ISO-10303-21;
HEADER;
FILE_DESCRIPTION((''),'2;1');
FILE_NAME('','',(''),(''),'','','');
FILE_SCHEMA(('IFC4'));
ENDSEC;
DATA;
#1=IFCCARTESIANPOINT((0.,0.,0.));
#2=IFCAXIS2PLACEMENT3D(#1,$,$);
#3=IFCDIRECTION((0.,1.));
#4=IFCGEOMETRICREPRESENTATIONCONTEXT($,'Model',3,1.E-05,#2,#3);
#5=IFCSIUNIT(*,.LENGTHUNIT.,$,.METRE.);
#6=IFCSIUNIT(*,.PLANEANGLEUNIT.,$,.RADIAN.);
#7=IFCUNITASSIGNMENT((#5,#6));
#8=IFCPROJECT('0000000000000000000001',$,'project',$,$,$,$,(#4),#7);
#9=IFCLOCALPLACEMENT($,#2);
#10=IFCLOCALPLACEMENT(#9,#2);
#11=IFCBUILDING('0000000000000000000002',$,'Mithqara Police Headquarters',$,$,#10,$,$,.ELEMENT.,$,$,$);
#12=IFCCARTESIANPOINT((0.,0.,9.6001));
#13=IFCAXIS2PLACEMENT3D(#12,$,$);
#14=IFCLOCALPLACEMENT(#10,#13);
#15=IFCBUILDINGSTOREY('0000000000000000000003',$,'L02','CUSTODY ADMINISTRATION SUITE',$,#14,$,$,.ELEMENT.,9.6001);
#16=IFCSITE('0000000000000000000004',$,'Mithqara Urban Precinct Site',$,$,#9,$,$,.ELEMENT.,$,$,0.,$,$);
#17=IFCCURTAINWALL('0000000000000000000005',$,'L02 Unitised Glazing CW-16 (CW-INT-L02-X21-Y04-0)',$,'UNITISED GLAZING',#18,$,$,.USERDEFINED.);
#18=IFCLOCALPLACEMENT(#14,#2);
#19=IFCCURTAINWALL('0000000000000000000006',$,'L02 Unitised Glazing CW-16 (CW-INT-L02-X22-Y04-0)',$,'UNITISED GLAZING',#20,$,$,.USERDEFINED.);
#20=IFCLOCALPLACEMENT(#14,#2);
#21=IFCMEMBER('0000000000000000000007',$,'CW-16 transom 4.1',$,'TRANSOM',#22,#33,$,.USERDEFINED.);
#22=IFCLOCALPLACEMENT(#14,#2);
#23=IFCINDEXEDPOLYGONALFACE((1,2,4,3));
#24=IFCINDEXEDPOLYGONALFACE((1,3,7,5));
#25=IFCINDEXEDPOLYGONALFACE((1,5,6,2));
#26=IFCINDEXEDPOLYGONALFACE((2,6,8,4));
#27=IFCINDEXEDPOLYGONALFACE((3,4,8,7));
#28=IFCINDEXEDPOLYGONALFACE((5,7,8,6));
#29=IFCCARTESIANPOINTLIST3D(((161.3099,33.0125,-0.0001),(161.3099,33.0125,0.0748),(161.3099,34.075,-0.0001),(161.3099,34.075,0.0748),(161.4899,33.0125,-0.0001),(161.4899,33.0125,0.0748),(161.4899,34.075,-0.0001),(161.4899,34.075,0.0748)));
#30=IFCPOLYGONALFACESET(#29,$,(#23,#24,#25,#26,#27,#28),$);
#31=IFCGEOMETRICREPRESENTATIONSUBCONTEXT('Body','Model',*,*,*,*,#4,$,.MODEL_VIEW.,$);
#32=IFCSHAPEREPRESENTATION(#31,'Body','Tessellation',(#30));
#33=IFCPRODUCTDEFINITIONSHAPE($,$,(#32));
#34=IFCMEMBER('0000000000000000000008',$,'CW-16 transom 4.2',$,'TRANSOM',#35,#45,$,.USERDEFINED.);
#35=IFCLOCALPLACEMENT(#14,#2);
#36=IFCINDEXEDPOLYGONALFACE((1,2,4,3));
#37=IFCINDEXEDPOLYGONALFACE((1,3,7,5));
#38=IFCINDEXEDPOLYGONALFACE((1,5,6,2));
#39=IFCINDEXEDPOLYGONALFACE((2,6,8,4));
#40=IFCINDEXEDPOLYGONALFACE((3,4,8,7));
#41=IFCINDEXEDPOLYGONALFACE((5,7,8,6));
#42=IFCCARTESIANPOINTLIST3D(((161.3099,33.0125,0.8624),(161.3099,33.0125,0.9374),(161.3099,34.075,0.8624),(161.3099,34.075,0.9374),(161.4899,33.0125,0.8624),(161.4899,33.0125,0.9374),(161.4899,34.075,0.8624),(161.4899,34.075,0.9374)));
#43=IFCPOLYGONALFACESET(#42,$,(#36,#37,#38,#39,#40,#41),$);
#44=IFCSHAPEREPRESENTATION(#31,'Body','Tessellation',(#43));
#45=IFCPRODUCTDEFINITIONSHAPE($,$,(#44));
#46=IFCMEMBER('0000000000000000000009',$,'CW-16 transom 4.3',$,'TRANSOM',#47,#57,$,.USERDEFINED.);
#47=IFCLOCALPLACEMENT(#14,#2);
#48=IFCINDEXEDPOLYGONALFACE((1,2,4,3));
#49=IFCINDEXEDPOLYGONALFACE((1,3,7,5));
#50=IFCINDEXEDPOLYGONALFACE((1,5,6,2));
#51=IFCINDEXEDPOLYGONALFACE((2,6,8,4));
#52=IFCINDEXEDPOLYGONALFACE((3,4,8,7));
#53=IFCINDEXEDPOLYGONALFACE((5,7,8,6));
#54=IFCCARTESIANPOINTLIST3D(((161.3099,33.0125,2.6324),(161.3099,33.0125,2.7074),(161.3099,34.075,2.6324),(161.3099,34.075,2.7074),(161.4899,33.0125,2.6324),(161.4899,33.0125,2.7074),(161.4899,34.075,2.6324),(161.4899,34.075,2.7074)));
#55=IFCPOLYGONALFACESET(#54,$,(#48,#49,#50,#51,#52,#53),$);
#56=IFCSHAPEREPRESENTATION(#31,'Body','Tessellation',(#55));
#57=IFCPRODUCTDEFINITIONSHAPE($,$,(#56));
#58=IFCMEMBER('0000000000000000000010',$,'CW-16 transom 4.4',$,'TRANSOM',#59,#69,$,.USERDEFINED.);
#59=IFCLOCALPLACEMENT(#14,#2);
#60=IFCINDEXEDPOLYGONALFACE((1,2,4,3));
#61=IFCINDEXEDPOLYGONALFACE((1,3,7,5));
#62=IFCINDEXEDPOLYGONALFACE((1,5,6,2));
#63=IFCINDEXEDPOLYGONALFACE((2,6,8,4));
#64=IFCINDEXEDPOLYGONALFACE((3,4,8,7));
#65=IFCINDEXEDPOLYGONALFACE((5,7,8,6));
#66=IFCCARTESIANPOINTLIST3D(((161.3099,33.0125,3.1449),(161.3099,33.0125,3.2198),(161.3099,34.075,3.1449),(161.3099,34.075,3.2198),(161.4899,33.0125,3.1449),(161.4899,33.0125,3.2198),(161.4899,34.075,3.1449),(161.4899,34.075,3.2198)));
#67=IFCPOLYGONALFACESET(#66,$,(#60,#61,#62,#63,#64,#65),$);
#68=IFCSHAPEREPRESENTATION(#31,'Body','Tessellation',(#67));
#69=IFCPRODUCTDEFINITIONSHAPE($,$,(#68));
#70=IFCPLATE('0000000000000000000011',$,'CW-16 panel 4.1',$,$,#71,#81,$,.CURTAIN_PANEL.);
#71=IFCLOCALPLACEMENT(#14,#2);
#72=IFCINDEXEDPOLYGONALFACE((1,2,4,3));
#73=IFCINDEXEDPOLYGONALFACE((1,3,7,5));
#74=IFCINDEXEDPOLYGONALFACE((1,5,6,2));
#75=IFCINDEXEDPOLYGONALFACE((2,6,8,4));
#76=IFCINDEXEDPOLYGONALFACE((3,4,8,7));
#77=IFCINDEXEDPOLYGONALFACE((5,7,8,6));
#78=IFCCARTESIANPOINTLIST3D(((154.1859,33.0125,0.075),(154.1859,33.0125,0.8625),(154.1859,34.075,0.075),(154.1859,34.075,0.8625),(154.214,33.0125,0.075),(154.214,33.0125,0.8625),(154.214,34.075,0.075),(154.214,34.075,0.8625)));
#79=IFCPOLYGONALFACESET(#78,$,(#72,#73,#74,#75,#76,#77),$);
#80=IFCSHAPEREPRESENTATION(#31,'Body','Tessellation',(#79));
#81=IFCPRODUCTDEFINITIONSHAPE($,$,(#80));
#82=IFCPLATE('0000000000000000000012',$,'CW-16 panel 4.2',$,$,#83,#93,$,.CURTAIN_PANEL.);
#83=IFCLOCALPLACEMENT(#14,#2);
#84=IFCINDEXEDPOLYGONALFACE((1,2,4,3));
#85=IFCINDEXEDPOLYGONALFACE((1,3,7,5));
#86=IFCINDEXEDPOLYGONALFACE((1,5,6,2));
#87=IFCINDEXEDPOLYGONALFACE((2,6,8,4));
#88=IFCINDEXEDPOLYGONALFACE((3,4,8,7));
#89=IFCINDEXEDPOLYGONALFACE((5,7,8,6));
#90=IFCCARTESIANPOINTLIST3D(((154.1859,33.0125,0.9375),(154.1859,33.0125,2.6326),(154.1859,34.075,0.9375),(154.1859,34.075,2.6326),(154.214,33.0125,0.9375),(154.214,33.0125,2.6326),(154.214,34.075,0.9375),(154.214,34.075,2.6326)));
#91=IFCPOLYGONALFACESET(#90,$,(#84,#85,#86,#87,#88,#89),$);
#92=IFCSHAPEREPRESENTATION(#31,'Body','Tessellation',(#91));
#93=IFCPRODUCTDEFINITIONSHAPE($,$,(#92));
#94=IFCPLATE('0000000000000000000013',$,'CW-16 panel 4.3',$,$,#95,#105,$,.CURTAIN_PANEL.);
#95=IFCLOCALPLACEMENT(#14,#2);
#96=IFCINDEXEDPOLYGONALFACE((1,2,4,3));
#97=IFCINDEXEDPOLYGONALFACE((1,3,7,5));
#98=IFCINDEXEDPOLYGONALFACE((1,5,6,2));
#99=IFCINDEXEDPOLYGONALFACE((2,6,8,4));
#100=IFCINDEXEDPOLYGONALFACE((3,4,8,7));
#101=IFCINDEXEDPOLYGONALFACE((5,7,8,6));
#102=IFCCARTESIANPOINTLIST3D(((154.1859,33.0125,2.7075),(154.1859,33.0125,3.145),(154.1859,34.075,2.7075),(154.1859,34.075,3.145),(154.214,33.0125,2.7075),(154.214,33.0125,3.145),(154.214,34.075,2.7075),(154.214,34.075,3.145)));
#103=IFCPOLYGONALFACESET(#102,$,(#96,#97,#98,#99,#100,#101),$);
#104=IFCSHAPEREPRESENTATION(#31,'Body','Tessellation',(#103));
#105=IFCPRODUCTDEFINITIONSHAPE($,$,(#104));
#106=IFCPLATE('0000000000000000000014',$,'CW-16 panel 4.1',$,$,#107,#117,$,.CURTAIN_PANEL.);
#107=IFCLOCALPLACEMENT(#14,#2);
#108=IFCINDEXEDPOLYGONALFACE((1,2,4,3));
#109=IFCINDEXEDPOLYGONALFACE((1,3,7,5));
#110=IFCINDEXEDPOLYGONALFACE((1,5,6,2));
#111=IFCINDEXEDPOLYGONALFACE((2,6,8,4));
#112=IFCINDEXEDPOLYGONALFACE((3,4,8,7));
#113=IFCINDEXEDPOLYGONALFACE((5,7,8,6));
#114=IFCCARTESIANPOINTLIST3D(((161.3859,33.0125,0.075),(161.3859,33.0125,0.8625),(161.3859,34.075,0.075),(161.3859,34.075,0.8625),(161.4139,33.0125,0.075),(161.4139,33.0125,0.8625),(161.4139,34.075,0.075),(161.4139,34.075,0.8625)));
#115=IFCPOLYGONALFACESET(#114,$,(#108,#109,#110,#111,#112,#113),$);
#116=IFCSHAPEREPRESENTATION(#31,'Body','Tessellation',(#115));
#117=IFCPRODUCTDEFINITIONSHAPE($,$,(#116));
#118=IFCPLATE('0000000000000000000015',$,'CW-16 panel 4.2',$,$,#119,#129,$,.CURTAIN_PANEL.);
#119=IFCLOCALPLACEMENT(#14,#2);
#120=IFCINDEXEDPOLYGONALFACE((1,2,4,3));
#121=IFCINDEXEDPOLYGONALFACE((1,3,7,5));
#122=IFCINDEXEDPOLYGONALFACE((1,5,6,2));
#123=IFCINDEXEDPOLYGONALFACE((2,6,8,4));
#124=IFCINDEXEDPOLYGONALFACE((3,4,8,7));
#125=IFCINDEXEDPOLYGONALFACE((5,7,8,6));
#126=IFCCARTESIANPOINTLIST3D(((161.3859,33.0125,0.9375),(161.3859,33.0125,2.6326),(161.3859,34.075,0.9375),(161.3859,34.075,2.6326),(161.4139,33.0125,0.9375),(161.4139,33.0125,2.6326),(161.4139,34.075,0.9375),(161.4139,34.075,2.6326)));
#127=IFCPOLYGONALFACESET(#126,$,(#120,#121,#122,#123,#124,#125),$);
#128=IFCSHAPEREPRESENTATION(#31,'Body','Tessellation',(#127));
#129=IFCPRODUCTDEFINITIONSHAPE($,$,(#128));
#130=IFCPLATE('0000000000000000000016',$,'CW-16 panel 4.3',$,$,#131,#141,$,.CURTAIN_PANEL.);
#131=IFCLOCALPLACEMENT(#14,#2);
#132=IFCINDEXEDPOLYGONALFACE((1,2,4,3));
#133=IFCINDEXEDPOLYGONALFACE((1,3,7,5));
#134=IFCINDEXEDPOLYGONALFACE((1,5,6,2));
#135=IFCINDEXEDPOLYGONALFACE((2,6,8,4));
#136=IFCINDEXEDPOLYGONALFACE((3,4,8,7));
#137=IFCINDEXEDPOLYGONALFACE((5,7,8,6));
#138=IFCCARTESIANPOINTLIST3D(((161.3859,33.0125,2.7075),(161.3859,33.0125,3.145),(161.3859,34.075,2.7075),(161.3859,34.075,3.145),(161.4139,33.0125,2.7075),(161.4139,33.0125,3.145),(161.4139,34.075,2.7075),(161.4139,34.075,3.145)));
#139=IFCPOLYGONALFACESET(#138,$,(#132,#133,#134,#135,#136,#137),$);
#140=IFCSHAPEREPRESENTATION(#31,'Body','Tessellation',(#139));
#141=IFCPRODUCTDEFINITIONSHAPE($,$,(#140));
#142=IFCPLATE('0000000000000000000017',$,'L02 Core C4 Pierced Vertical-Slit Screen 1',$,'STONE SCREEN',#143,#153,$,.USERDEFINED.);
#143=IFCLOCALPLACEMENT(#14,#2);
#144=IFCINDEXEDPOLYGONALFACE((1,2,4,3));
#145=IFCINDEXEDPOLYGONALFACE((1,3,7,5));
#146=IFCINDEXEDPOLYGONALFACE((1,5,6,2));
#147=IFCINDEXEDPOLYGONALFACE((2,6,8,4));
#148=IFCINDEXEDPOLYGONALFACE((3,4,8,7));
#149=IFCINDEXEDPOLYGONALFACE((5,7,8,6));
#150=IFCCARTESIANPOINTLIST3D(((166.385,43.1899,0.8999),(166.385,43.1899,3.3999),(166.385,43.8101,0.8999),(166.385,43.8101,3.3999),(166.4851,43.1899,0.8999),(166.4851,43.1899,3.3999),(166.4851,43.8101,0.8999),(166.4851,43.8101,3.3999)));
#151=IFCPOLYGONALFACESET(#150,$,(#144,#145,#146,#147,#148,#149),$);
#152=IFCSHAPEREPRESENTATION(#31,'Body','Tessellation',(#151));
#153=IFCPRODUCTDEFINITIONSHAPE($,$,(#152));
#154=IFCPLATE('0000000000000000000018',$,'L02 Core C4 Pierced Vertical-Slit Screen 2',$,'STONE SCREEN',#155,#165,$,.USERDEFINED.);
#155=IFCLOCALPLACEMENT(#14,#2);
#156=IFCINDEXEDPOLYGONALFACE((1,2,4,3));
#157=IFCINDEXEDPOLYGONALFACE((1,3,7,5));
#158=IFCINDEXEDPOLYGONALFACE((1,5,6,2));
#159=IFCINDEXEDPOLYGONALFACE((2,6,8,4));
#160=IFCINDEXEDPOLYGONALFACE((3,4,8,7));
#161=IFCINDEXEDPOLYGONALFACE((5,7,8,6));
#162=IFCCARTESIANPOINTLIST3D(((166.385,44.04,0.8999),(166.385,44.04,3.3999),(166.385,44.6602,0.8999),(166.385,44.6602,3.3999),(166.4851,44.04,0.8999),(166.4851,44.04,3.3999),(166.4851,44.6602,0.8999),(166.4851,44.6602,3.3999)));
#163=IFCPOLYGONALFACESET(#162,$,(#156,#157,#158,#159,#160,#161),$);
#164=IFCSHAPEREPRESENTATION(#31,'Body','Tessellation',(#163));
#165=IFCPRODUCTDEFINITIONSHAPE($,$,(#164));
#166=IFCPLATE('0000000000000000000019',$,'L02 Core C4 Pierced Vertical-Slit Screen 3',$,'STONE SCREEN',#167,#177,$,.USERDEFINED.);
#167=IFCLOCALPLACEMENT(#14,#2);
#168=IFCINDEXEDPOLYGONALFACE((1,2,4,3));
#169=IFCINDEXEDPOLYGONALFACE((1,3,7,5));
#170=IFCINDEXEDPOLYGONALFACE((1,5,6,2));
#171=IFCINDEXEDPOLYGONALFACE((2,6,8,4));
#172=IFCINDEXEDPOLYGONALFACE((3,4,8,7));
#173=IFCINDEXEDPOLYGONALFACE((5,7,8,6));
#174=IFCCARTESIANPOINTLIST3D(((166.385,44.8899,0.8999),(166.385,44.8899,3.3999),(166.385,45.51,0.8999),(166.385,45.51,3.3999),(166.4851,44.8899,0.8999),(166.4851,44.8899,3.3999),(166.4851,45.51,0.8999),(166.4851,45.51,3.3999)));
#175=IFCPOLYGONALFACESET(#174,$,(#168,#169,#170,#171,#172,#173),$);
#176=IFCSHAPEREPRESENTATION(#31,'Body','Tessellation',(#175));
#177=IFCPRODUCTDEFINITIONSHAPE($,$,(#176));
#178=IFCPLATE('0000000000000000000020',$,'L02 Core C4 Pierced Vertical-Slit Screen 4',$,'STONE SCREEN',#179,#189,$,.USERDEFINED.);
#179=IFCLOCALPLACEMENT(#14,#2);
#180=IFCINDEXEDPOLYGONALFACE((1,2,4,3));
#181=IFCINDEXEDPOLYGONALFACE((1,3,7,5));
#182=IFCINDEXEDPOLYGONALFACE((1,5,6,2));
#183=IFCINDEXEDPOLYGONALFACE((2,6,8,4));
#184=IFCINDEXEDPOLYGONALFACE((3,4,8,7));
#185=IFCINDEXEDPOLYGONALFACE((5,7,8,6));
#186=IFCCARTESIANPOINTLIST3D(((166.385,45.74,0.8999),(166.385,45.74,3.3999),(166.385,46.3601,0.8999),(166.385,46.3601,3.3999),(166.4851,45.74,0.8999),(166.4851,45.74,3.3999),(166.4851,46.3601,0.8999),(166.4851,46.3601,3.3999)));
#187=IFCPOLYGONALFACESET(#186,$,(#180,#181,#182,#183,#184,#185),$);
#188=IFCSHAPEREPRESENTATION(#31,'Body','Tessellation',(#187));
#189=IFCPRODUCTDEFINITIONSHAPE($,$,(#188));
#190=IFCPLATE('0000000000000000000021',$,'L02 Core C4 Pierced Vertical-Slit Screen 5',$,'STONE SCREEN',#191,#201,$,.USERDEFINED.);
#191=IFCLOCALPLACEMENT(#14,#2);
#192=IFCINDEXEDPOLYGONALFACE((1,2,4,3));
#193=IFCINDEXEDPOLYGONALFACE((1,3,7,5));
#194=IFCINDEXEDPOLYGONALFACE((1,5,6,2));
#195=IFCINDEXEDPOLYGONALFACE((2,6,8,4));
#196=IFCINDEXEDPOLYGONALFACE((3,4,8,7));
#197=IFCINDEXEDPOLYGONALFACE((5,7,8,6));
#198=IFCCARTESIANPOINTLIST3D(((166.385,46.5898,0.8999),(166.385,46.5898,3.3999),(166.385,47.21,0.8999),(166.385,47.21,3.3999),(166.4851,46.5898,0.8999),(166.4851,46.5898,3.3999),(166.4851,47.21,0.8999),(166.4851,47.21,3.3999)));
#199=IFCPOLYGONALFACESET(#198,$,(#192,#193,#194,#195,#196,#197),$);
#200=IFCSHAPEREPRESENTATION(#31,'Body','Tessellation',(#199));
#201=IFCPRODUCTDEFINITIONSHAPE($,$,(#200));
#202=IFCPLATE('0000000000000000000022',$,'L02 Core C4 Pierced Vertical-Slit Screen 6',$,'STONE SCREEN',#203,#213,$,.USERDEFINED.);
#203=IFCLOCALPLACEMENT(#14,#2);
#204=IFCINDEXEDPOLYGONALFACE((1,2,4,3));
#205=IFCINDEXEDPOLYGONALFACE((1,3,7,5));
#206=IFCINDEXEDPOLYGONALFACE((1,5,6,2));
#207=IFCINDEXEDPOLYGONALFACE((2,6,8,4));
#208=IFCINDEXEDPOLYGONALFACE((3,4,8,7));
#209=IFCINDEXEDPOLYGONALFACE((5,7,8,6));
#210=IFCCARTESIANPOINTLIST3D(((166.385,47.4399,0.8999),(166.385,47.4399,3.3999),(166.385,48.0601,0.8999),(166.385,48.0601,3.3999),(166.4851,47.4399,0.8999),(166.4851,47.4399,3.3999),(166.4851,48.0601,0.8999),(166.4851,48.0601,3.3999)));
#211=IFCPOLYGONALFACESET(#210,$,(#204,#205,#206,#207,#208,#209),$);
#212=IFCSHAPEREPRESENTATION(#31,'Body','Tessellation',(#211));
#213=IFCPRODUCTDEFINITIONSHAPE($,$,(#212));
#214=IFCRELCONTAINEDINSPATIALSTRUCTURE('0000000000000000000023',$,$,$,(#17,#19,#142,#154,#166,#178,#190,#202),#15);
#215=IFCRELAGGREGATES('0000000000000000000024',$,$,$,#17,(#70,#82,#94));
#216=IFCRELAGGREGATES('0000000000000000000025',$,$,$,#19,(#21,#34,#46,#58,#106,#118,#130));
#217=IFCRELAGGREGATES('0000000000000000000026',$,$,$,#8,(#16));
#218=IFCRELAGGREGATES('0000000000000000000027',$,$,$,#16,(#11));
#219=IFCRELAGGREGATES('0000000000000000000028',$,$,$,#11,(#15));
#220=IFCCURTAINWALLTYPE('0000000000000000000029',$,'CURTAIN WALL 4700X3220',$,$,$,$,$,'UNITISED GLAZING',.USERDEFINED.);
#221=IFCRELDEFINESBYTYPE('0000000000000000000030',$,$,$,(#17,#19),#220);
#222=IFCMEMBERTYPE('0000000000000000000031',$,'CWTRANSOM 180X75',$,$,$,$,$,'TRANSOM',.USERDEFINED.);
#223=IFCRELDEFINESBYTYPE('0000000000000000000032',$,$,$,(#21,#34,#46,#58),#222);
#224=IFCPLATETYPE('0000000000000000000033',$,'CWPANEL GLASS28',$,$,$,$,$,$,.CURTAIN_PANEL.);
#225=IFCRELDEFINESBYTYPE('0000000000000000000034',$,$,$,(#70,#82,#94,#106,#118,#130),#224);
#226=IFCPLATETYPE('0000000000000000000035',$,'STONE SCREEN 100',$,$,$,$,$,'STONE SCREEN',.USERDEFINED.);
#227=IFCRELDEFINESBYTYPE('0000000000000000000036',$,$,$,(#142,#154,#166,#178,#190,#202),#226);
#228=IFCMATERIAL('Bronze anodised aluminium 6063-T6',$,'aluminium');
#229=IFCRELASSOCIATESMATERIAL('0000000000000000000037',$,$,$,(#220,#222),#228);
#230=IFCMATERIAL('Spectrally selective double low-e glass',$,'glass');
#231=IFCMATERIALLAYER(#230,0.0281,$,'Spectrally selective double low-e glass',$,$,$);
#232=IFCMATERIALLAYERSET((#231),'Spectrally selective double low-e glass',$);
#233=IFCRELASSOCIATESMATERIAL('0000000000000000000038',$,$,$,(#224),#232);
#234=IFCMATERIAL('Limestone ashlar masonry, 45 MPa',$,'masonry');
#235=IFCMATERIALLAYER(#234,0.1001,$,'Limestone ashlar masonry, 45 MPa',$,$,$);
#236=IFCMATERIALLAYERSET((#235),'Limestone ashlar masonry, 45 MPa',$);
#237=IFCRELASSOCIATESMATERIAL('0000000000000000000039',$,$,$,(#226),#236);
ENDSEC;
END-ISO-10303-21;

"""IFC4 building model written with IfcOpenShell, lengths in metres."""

from ifc_helpers import new_model, si_unit, direction, frame, origin, origin_2d, place, context, subcontext, project, spatial, rectangle, extrude, material, layer, layer_set, material_profile, profile_set, type_object, element, aggregate, save


model = new_model("IFC4")

# Units and contexts
model_context = context("Model", 3, precision=1e-05, world=origin(), true_north=direction((0.0, 1.0)))
body_context = subcontext(model_context, "Body", "Model", "MODEL_VIEW")
ifc_project = project(units=[si_unit("LENGTHUNIT", "METRE"), si_unit("PLANEANGLEUNIT", "RADIAN")], contexts=[model_context])

# Site, building, storey
site_placement = place(None, origin())
site = spatial("IfcSite", under=ifc_project, at=site_placement, Name="Mithqara Urban Precinct Site", CompositionType="ELEMENT", RefElevation=0.0)
building_placement = place(site_placement, origin())
building = spatial("IfcBuilding", under=site, at=building_placement, Name="Mithqara Police Headquarters", CompositionType="ELEMENT")
storey_placement = place(building_placement, frame((0.0, 0.0, 9.6001)))
storey = spatial("IfcBuildingStorey", under=building, at=storey_placement, Name="L02", Description="CUSTODY ADMINISTRATION SUITE", CompositionType="ELEMENT", Elevation=9.6001)

# Curtain walls
ifc_material_1 = material(Name="Bronze anodised aluminium 6063-T6", Category="aluminium")
curtain_wall_type = type_object("IfcCurtainWallType", Name="CURTAIN WALL 4700X3220", ElementType="UNITISED GLAZING", PredefinedType="USERDEFINED", material=ifc_material_1)
curtain_wall_1_placement = place(storey_placement, origin())
curtain_wall_1 = element("IfcCurtainWall", 1, at=curtain_wall_1_placement, inside=storey, type_object=curtain_wall_type, Name="L02 Unitised Glazing CW-16 (CW-INT-L02-X21-Y04-0)", ObjectType="UNITISED GLAZING", PredefinedType="USERDEFINED")
curtain_wall_2_placement = place(storey_placement, origin())
curtain_wall_2 = element("IfcCurtainWall", 2, at=curtain_wall_2_placement, inside=storey, type_object=curtain_wall_type, Name="L02 Unitised Glazing CW-16 (CW-INT-L02-X22-Y04-0)", ObjectType="UNITISED GLAZING", PredefinedType="USERDEFINED")

# Members
ifc_material_profile_1 = material_profile(ifc_material_1, rectangle(XDim=0.1799, YDim=0.075, at=origin_2d()), Name="CWT 180x75")
ifc_profile_set_1 = profile_set([ifc_material_profile_1], Name="Bronze anodised aluminium 6063-T6")
member_type_1 = type_object("IfcMemberType", Name="CWTRANSOM 180X75", ElementType="TRANSOM", PredefinedType="USERDEFINED", material=ifc_profile_set_1)
member_1_placement = place(storey_placement, frame((161.3999, 33.0125, 0.0374), z_axis=(0.0, 1.0, 0.0), x_axis=(-1.0, 0.0, 0.0)))
member_1 = element("IfcMember", 3, at=member_1_placement, type_object=member_type_1, Name="CW-16 transom 4.1", ObjectType="TRANSOM", PredefinedType="USERDEFINED", context=body_context, shape_type="SweptSolid", body=[
    extrude(rectangle(XDim=0.1799, YDim=0.075, at=origin_2d()), origin(), (0.0, 0.0, 1.0), 1.0625),
])
member_2_placement = place(storey_placement, frame((161.3999, 33.0125, 0.8999), z_axis=(0.0, 1.0, 0.0), x_axis=(-1.0, 0.0, 0.0)))
member_2 = element("IfcMember", 4, at=member_2_placement, type_object=member_type_1, Name="CW-16 transom 4.2", ObjectType="TRANSOM", PredefinedType="USERDEFINED", context=body_context, shape_type="SweptSolid", body=[
    extrude(rectangle(XDim=0.1799, YDim=0.075, at=origin_2d()), origin(), (0.0, 0.0, 1.0), 1.0625),
])
member_3_placement = place(storey_placement, frame((161.3999, 33.0125, 2.6699), z_axis=(0.0, 1.0, 0.0), x_axis=(-1.0, 0.0, 0.0)))
member_3 = element("IfcMember", 5, at=member_3_placement, type_object=member_type_1, Name="CW-16 transom 4.3", ObjectType="TRANSOM", PredefinedType="USERDEFINED", context=body_context, shape_type="SweptSolid", body=[
    extrude(rectangle(XDim=0.1799, YDim=0.075, at=origin_2d()), origin(), (0.0, 0.0, 1.0), 1.0625),
])
member_4_placement = place(storey_placement, frame((161.3999, 33.0125, 3.1824), z_axis=(0.0, 1.0, 0.0), x_axis=(-1.0, 0.0, 0.0)))
member_4 = element("IfcMember", 6, at=member_4_placement, type_object=member_type_1, Name="CW-16 transom 4.4", ObjectType="TRANSOM", PredefinedType="USERDEFINED", context=body_context, shape_type="SweptSolid", body=[
    extrude(rectangle(XDim=0.1799, YDim=0.075, at=origin_2d()), origin(), (0.0, 0.0, 1.0), 1.0625),
])

# Plates
ifc_material_2 = material(Name="Spectrally selective double low-e glass", Category="glass")
ifc_layer_1 = layer(ifc_material_2, 0.0281, Name="Spectrally selective double low-e glass")
ifc_layer_set_1 = layer_set([ifc_layer_1], Name="Spectrally selective double low-e glass")
plate_type_1 = type_object("IfcPlateType", Name="CWPANEL GLASS28", PredefinedType="CURTAIN_PANEL", material=ifc_layer_set_1)
plate_1_placement = place(storey_placement, frame((154.2, 33.5437, 0.075), z_axis=(0.0, 0.0, 1.0), x_axis=(0.0, 1.0, 0.0)))
plate_1 = element("IfcPlate", 7, at=plate_1_placement, type_object=plate_type_1, Name="CW-16 panel 4.1", PredefinedType="CURTAIN_PANEL", context=body_context, shape_type="SweptSolid", body=[
    extrude(rectangle(XDim=1.0625, YDim=0.0281, at=origin_2d()), origin(), (0.0, 0.0, 1.0), 0.7876),
])
plate_2_placement = place(storey_placement, frame((154.2, 33.5437, 0.9375), z_axis=(0.0, 0.0, 1.0), x_axis=(0.0, 1.0, 0.0)))
plate_2 = element("IfcPlate", 8, at=plate_2_placement, type_object=plate_type_1, Name="CW-16 panel 4.2", PredefinedType="CURTAIN_PANEL", context=body_context, shape_type="SweptSolid", body=[
    extrude(rectangle(XDim=1.0625, YDim=0.0281, at=origin_2d()), origin(), (0.0, 0.0, 1.0), 1.6951),
])
plate_3_placement = place(storey_placement, frame((154.2, 33.5437, 2.7075), z_axis=(0.0, 0.0, 1.0), x_axis=(0.0, 1.0, 0.0)))
plate_3 = element("IfcPlate", 9, at=plate_3_placement, type_object=plate_type_1, Name="CW-16 panel 4.3", PredefinedType="CURTAIN_PANEL", context=body_context, shape_type="SweptSolid", body=[
    extrude(rectangle(XDim=1.0625, YDim=0.0281, at=origin_2d()), origin(), (0.0, 0.0, 1.0), 0.4375),
])
aggregate(curtain_wall_1, [plate_1, plate_2, plate_3])
plate_4_placement = place(storey_placement, frame((161.3999, 33.5437, 0.075), z_axis=(0.0, 0.0, 1.0), x_axis=(0.0, 1.0, 0.0)))
plate_4 = element("IfcPlate", 10, at=plate_4_placement, type_object=plate_type_1, Name="CW-16 panel 4.1", PredefinedType="CURTAIN_PANEL", context=body_context, shape_type="SweptSolid", body=[
    extrude(rectangle(XDim=1.0625, YDim=0.0281, at=origin_2d()), origin(), (0.0, 0.0, 1.0), 0.7876),
])
plate_5_placement = place(storey_placement, frame((161.3999, 33.5437, 0.9375), z_axis=(0.0, 0.0, 1.0), x_axis=(0.0, 1.0, 0.0)))
plate_5 = element("IfcPlate", 11, at=plate_5_placement, type_object=plate_type_1, Name="CW-16 panel 4.2", PredefinedType="CURTAIN_PANEL", context=body_context, shape_type="SweptSolid", body=[
    extrude(rectangle(XDim=1.0625, YDim=0.0281, at=origin_2d()), origin(), (0.0, 0.0, 1.0), 1.6951),
])
plate_6_placement = place(storey_placement, frame((161.3999, 33.5437, 2.7075), z_axis=(0.0, 0.0, 1.0), x_axis=(0.0, 1.0, 0.0)))
plate_6 = element("IfcPlate", 12, at=plate_6_placement, type_object=plate_type_1, Name="CW-16 panel 4.3", PredefinedType="CURTAIN_PANEL", context=body_context, shape_type="SweptSolid", body=[
    extrude(rectangle(XDim=1.0625, YDim=0.0281, at=origin_2d()), origin(), (0.0, 0.0, 1.0), 0.4375),
])
aggregate(curtain_wall_2, [member_1, member_2, member_3, member_4, plate_4, plate_5, plate_6])

# Plates
ifc_material_3 = material(Name="Limestone ashlar masonry, 45 MPa", Category="masonry")
ifc_layer_2 = layer(ifc_material_3, 0.1001, Name="Limestone ashlar masonry, 45 MPa")
ifc_layer_set_2 = layer_set([ifc_layer_2], Name="Limestone ashlar masonry, 45 MPa")
plate_type_2 = type_object("IfcPlateType", Name="STONE SCREEN 100", ElementType="STONE SCREEN", PredefinedType="USERDEFINED", material=ifc_layer_set_2)
for number, where, z_axis, x_axis, name in (
    (13, (166.4351, 43.5, 0.8999), (0.0, 0.0, 1.0), (0.0, 1.0, 0.0), "L02 Core C4 Pierced Vertical-Slit Screen 1"),
    (14, (166.4351, 44.3501, 0.8999), (0.0, 0.0, 1.0), (0.0, 1.0, 0.0), "L02 Core C4 Pierced Vertical-Slit Screen 2"),
    (15, (166.4351, 45.2, 0.8999), (0.0, 0.0, 1.0), (0.0, 1.0, 0.0), "L02 Core C4 Pierced Vertical-Slit Screen 3"),
    (16, (166.4351, 46.05, 0.8999), (0.0, 0.0, 1.0), (0.0, 1.0, 0.0), "L02 Core C4 Pierced Vertical-Slit Screen 4"),
    (17, (166.4351, 46.8999, 0.8999), (0.0, 0.0, 1.0), (0.0, 1.0, 0.0), "L02 Core C4 Pierced Vertical-Slit Screen 5"),
    (18, (166.4351, 47.75, 0.8999), (0.0, 0.0, 1.0), (0.0, 1.0, 0.0), "L02 Core C4 Pierced Vertical-Slit Screen 6"),
):
    element("IfcPlate", number, at=place(storey_placement, frame(where, z_axis=z_axis, x_axis=x_axis)), inside=storey, type_object=plate_type_2, Name=name, ObjectType="STONE SCREEN", PredefinedType="USERDEFINED", context=body_context, shape_type="SweptSolid", body=[
        extrude(rectangle(XDim=0.6201, YDim=0.1001, at=origin_2d()), origin(), (0.0, 0.0, 1.0), 2.5),
    ])

save(model, "model.ifc")
